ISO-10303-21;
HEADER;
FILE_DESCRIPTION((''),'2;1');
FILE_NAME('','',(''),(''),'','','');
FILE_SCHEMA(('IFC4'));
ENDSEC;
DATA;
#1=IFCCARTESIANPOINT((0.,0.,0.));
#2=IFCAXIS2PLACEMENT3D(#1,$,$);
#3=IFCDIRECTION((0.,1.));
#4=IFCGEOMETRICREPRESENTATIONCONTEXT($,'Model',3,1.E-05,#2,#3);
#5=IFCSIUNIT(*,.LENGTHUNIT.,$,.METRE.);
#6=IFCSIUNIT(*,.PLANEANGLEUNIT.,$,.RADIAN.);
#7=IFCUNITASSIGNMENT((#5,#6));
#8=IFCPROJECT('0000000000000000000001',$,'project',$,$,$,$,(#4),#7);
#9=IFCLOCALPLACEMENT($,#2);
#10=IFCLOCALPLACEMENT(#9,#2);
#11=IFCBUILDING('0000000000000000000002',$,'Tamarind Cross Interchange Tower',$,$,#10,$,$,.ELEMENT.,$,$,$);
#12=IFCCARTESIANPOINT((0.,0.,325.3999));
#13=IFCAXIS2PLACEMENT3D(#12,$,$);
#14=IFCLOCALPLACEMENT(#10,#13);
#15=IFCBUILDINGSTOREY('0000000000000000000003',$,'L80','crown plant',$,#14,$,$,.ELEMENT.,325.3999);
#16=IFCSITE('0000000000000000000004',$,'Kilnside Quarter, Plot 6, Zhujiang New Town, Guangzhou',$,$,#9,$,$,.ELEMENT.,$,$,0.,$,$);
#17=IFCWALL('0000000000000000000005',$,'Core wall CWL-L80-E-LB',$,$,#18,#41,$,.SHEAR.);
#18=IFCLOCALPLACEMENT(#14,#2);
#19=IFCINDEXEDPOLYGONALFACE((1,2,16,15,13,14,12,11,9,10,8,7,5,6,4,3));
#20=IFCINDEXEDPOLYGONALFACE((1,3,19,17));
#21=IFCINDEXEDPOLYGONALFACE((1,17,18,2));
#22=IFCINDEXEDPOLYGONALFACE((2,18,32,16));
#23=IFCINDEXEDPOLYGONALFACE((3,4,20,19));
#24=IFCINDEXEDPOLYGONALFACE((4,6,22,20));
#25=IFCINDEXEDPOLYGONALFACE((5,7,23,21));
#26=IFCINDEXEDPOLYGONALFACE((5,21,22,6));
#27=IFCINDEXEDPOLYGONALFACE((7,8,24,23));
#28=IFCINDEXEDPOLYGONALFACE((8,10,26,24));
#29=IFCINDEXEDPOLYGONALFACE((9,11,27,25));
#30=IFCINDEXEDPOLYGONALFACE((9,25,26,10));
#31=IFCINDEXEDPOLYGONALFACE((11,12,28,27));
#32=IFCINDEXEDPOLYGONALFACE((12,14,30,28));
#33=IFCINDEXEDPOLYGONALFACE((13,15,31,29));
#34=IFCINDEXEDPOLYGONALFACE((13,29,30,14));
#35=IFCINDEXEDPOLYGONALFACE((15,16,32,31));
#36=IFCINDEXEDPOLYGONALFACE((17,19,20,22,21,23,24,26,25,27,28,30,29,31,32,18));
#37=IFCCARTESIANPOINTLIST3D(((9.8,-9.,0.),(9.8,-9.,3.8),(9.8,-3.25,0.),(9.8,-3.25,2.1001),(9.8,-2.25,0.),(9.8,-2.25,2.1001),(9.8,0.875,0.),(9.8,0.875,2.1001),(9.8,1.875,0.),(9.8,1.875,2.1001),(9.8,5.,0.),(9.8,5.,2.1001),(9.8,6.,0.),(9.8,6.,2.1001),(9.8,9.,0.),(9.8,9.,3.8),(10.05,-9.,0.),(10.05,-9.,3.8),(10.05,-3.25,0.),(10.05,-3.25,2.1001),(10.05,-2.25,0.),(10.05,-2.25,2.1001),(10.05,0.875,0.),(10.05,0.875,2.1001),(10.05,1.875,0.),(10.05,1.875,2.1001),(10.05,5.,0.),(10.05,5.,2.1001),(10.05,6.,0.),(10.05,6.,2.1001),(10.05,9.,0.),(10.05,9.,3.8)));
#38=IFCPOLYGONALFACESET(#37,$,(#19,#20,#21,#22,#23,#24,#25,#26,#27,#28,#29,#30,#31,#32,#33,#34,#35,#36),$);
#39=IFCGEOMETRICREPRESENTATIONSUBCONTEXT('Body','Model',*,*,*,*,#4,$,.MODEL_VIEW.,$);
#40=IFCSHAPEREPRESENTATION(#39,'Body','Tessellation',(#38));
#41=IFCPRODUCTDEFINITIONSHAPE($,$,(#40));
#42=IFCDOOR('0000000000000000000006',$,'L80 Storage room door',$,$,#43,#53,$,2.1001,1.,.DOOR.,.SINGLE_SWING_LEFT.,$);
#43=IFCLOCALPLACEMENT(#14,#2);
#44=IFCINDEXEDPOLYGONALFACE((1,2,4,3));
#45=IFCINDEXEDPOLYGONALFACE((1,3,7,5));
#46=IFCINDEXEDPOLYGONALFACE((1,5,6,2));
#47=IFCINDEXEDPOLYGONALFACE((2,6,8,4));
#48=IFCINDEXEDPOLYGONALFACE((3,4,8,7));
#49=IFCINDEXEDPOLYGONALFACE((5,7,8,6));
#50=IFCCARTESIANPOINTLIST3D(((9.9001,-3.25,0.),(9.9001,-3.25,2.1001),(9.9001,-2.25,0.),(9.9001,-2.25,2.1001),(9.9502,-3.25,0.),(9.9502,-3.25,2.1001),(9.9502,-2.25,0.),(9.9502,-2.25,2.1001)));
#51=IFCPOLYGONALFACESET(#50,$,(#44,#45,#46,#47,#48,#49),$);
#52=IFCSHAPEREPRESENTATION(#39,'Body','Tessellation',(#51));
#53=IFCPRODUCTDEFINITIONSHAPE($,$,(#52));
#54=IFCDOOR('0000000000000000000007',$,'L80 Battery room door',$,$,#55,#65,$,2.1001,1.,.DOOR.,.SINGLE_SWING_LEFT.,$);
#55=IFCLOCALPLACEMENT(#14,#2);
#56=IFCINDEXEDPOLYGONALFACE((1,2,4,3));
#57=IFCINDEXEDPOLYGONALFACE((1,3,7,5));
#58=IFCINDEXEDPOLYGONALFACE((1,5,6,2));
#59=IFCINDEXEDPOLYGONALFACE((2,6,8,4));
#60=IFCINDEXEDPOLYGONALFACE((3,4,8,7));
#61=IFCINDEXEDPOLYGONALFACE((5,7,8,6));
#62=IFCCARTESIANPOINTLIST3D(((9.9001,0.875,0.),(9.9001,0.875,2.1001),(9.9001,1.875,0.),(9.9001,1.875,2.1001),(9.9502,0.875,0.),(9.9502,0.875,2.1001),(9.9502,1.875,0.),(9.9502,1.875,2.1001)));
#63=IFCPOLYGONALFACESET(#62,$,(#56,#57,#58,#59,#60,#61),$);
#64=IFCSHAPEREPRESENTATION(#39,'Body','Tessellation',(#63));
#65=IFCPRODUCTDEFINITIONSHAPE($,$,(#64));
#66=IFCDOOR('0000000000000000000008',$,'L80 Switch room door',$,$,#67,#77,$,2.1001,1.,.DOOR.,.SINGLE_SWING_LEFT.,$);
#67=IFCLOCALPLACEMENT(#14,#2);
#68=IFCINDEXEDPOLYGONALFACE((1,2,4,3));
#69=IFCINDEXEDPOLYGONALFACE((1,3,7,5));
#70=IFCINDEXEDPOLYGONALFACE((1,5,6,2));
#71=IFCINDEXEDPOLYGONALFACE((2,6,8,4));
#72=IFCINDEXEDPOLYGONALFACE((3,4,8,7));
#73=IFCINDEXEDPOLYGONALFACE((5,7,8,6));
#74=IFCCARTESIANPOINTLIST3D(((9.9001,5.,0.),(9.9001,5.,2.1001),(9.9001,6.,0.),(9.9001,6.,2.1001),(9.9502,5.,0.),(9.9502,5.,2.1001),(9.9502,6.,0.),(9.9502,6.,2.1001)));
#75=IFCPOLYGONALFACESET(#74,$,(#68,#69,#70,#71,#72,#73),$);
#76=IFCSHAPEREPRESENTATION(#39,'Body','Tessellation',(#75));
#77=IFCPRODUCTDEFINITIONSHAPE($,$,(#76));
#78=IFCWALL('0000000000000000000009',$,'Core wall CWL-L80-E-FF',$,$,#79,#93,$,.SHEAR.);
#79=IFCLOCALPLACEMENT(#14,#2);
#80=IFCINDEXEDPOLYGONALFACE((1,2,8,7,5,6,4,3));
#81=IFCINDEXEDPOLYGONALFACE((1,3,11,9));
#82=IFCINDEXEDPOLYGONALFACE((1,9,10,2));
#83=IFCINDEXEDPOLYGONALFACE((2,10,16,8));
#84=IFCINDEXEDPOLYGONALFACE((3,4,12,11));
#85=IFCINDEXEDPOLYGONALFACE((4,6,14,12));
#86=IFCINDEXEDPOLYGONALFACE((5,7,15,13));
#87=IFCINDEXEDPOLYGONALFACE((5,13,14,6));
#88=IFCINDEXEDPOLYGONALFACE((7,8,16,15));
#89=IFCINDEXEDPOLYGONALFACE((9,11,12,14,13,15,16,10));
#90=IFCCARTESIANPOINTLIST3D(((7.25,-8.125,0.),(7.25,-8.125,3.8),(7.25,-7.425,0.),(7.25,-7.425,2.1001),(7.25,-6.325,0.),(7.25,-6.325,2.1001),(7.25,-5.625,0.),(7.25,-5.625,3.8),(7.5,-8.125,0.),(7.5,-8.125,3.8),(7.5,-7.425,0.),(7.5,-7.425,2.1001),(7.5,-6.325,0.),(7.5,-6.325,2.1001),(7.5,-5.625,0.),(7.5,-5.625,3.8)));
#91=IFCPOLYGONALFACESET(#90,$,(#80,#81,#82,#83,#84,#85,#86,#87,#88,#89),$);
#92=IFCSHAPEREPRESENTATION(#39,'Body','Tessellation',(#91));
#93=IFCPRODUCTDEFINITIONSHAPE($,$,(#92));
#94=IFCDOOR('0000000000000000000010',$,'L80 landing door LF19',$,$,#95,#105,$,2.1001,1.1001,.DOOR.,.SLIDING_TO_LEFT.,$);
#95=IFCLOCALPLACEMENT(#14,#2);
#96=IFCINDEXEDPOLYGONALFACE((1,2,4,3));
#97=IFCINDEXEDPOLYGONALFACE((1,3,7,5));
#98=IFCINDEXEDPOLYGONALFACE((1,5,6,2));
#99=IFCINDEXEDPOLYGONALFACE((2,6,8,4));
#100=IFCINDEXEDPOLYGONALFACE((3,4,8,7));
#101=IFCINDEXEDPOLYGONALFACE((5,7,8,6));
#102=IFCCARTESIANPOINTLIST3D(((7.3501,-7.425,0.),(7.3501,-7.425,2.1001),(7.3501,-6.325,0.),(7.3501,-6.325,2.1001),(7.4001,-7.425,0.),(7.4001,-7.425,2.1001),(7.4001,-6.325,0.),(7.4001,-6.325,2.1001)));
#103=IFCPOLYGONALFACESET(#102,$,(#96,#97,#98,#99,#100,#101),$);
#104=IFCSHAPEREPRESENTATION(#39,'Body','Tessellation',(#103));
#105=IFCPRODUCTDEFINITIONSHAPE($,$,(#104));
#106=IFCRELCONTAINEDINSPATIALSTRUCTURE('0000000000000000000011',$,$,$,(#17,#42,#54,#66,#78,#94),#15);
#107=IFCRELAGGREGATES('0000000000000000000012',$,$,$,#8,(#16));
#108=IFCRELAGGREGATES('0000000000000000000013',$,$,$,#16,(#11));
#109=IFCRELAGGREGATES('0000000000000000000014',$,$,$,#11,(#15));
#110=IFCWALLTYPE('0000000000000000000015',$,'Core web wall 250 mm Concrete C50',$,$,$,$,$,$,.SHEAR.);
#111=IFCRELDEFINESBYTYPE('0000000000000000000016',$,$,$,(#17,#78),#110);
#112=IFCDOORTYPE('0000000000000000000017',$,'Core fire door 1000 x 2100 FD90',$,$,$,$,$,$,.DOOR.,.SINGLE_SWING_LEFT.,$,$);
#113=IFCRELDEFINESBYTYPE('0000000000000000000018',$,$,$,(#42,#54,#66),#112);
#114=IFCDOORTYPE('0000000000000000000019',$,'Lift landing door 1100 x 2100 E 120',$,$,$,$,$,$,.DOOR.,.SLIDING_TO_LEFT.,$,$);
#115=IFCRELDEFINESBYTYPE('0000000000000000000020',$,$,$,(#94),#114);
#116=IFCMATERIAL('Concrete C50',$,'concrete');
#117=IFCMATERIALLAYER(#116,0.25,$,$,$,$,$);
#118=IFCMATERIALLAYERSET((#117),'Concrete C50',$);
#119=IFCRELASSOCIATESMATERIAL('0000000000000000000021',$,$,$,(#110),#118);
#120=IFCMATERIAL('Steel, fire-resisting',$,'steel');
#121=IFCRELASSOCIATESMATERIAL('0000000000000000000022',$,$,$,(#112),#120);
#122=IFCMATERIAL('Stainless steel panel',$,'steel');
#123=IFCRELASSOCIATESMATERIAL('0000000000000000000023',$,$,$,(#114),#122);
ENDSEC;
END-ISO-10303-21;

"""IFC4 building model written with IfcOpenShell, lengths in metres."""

from ifc_helpers import new_model, si_unit, direction, frame, frame_2d, origin, place, context, subcontext, project, spatial, rectangle, extrude, material, layer, layer_set, type_object, element, fill, save


model = new_model("IFC4")

# Units and contexts
model_context = context("Model", 3, precision=1e-05, world=origin(), true_north=direction((0.0, 1.0)))
body_context = subcontext(model_context, "Body", "Model", "MODEL_VIEW")
ifc_project = project(units=[si_unit("LENGTHUNIT", "METRE"), si_unit("PLANEANGLEUNIT", "RADIAN")], contexts=[model_context])

# Site, building, storey
site_placement = place(None, origin())
site = spatial("IfcSite", under=ifc_project, at=site_placement, Name="Kilnside Quarter, Plot 6, Zhujiang New Town, Guangzhou", CompositionType="ELEMENT", RefElevation=0.0)
building_placement = place(site_placement, origin())
building = spatial("IfcBuilding", under=site, at=building_placement, Name="Tamarind Cross Interchange Tower", CompositionType="ELEMENT")
storey_placement = place(building_placement, frame((0.0, 0.0, 325.3999)))
storey = spatial("IfcBuildingStorey", under=building, at=storey_placement, Name="L80", Description="crown plant", CompositionType="ELEMENT", Elevation=325.3999)

# Wall, openings, doors
ifc_material_1 = material(Name="Concrete C50", Category="concrete")
ifc_material_2 = material(Name="Steel, fire-resisting", Category="steel")
ifc_layer_1 = layer(ifc_material_1, 0.25)
ifc_layer_set_1 = layer_set([ifc_layer_1], Name="Concrete C50")
wall_type_1 = type_object("IfcWallType", Name="Core web wall 250 mm Concrete C50", PredefinedType="SHEAR", material=ifc_layer_set_1)
door_type_1 = type_object("IfcDoorType", Name="Core fire door 1000 x 2100 FD90", OperationType="SINGLE_SWING_LEFT", PredefinedType="DOOR", material=ifc_material_2)
ifc_material_3 = material(Name="Stainless steel panel", Category="steel")
wall_1_placement = place(storey_placement, frame((9.925, -9.0, 0.0), z_axis=(0.0, 0.0, 1.0), x_axis=(0.0, 1.0, 0.0)))
wall_1 = element("IfcWall", 1, at=wall_1_placement, inside=storey, type_object=wall_type_1, Name="Core wall CWL-L80-E-LB", PredefinedType="SHEAR", context=body_context, shape_type="SweptSolid", body=[
    extrude(rectangle(XDim=18.0, YDim=0.25, at=frame_2d((9.0, 0.0))), origin(), (0.0, 0.0, 1.0), 3.8),
])
opening_1_placement = place(wall_1_placement, frame((5.75, 0.0, 0.0)))
opening_1 = element("IfcOpeningElement", 2, at=opening_1_placement, cuts=wall_1, PredefinedType="OPENING", context=body_context, shape_type="SweptSolid", body=[
    extrude(rectangle(XDim=1.0, YDim=2.1001, at=frame_2d((0.5, 1.05))), frame((0.0, 0.135, 0.0), z_axis=(0.0, -1.0, 0.0), x_axis=(1.0, 0.0, 0.0)), (0.0, 0.0, 1.0), 0.27),
])
opening_2_placement = place(wall_1_placement, frame((9.875, 0.0, 0.0)))
opening_2 = element("IfcOpeningElement", 3, at=opening_2_placement, cuts=wall_1, PredefinedType="OPENING", context=body_context, shape_type="SweptSolid", body=[
    extrude(rectangle(XDim=1.0, YDim=2.1001, at=frame_2d((0.5, 1.05))), frame((0.0, 0.135, 0.0), z_axis=(0.0, -1.0, 0.0), x_axis=(1.0, 0.0, 0.0)), (0.0, 0.0, 1.0), 0.27),
])
opening_3_placement = place(wall_1_placement, frame((14.0, 0.0, 0.0)))
opening_3 = element("IfcOpeningElement", 4, at=opening_3_placement, cuts=wall_1, PredefinedType="OPENING", context=body_context, shape_type="SweptSolid", body=[
    extrude(rectangle(XDim=1.0, YDim=2.1001, at=frame_2d((0.5, 1.05))), frame((0.0, 0.135, 0.0), z_axis=(0.0, -1.0, 0.0), x_axis=(1.0, 0.0, 0.0)), (0.0, 0.0, 1.0), 0.27),
])
door_1_placement = place(opening_1_placement, origin())
door_1 = element("IfcDoor", 5, at=door_1_placement, inside=storey, type_object=door_type_1, Name="L80 Storage room door", OperationType="SINGLE_SWING_LEFT", OverallHeight=2.1001, OverallWidth=1.0, PredefinedType="DOOR", context=body_context, shape_type="SweptSolid", body=[
    extrude(rectangle(XDim=1.0, YDim=2.1001, at=frame_2d((0.5, 1.05))), frame((0.0, 0.0249, 0.0), z_axis=(0.0, -1.0, 0.0), x_axis=(1.0, 0.0, 0.0)), (0.0, 0.0, 1.0), 0.05),
])
fill(opening_1, door_1)
door_2_placement = place(opening_2_placement, origin())
door_2 = element("IfcDoor", 6, at=door_2_placement, inside=storey, type_object=door_type_1, Name="L80 Battery room door", OperationType="SINGLE_SWING_LEFT", OverallHeight=2.1001, OverallWidth=1.0, PredefinedType="DOOR", context=body_context, shape_type="SweptSolid", body=[
    extrude(rectangle(XDim=1.0, YDim=2.1001, at=frame_2d((0.5, 1.05))), frame((0.0, 0.0249, 0.0), z_axis=(0.0, -1.0, 0.0), x_axis=(1.0, 0.0, 0.0)), (0.0, 0.0, 1.0), 0.05),
])
fill(opening_2, door_2)
door_3_placement = place(opening_3_placement, origin())
door_3 = element("IfcDoor", 7, at=door_3_placement, inside=storey, type_object=door_type_1, Name="L80 Switch room door", OperationType="SINGLE_SWING_LEFT", OverallHeight=2.1001, OverallWidth=1.0, PredefinedType="DOOR", context=body_context, shape_type="SweptSolid", body=[
    extrude(rectangle(XDim=1.0, YDim=2.1001, at=frame_2d((0.5, 1.05))), frame((0.0, 0.0249, 0.0), z_axis=(0.0, -1.0, 0.0), x_axis=(1.0, 0.0, 0.0)), (0.0, 0.0, 1.0), 0.05),
])
fill(opening_3, door_3)

# Wall, opening, door
wall_2_placement = place(storey_placement, frame((7.375, -8.125, 0.0), z_axis=(0.0, 0.0, 1.0), x_axis=(0.0, 1.0, 0.0)))
wall_2 = element("IfcWall", 8, at=wall_2_placement, inside=storey, type_object=wall_type_1, Name="Core wall CWL-L80-E-FF", PredefinedType="SHEAR", context=body_context, shape_type="SweptSolid", body=[
    extrude(rectangle(XDim=2.5, YDim=0.25, at=frame_2d((1.25, 0.0))), origin(), (0.0, 0.0, 1.0), 3.8),
])
opening_4_placement = place(wall_2_placement, frame((0.7, 0.0, 0.0)))
opening_4 = element("IfcOpeningElement", 9, at=opening_4_placement, cuts=wall_2, PredefinedType="OPENING", context=body_context, shape_type="SweptSolid", body=[
    extrude(rectangle(XDim=1.1001, YDim=2.1001, at=frame_2d((0.55, 1.05))), frame((0.0, 0.135, 0.0), z_axis=(0.0, -1.0, 0.0), x_axis=(1.0, 0.0, 0.0)), (0.0, 0.0, 1.0), 0.27),
])
door_type_2 = type_object("IfcDoorType", Name="Lift landing door 1100 x 2100 E 120", OperationType="SLIDING_TO_LEFT", PredefinedType="DOOR", material=ifc_material_3)
door_4_placement = place(opening_4_placement, origin())
door_4 = element("IfcDoor", 10, at=door_4_placement, inside=storey, type_object=door_type_2, Name="L80 landing door LF19", OperationType="SLIDING_TO_LEFT", OverallHeight=2.1001, OverallWidth=1.1001, PredefinedType="DOOR", context=body_context, shape_type="SweptSolid", body=[
    extrude(rectangle(XDim=1.1001, YDim=2.1001, at=frame_2d((0.55, 1.05))), frame((0.0, 0.0249, 0.0), z_axis=(0.0, -1.0, 0.0), x_axis=(1.0, 0.0, 0.0)), (0.0, 0.0, 1.0), 0.05),
])
fill(opening_4, door_4)

save(model, "model.ifc")
